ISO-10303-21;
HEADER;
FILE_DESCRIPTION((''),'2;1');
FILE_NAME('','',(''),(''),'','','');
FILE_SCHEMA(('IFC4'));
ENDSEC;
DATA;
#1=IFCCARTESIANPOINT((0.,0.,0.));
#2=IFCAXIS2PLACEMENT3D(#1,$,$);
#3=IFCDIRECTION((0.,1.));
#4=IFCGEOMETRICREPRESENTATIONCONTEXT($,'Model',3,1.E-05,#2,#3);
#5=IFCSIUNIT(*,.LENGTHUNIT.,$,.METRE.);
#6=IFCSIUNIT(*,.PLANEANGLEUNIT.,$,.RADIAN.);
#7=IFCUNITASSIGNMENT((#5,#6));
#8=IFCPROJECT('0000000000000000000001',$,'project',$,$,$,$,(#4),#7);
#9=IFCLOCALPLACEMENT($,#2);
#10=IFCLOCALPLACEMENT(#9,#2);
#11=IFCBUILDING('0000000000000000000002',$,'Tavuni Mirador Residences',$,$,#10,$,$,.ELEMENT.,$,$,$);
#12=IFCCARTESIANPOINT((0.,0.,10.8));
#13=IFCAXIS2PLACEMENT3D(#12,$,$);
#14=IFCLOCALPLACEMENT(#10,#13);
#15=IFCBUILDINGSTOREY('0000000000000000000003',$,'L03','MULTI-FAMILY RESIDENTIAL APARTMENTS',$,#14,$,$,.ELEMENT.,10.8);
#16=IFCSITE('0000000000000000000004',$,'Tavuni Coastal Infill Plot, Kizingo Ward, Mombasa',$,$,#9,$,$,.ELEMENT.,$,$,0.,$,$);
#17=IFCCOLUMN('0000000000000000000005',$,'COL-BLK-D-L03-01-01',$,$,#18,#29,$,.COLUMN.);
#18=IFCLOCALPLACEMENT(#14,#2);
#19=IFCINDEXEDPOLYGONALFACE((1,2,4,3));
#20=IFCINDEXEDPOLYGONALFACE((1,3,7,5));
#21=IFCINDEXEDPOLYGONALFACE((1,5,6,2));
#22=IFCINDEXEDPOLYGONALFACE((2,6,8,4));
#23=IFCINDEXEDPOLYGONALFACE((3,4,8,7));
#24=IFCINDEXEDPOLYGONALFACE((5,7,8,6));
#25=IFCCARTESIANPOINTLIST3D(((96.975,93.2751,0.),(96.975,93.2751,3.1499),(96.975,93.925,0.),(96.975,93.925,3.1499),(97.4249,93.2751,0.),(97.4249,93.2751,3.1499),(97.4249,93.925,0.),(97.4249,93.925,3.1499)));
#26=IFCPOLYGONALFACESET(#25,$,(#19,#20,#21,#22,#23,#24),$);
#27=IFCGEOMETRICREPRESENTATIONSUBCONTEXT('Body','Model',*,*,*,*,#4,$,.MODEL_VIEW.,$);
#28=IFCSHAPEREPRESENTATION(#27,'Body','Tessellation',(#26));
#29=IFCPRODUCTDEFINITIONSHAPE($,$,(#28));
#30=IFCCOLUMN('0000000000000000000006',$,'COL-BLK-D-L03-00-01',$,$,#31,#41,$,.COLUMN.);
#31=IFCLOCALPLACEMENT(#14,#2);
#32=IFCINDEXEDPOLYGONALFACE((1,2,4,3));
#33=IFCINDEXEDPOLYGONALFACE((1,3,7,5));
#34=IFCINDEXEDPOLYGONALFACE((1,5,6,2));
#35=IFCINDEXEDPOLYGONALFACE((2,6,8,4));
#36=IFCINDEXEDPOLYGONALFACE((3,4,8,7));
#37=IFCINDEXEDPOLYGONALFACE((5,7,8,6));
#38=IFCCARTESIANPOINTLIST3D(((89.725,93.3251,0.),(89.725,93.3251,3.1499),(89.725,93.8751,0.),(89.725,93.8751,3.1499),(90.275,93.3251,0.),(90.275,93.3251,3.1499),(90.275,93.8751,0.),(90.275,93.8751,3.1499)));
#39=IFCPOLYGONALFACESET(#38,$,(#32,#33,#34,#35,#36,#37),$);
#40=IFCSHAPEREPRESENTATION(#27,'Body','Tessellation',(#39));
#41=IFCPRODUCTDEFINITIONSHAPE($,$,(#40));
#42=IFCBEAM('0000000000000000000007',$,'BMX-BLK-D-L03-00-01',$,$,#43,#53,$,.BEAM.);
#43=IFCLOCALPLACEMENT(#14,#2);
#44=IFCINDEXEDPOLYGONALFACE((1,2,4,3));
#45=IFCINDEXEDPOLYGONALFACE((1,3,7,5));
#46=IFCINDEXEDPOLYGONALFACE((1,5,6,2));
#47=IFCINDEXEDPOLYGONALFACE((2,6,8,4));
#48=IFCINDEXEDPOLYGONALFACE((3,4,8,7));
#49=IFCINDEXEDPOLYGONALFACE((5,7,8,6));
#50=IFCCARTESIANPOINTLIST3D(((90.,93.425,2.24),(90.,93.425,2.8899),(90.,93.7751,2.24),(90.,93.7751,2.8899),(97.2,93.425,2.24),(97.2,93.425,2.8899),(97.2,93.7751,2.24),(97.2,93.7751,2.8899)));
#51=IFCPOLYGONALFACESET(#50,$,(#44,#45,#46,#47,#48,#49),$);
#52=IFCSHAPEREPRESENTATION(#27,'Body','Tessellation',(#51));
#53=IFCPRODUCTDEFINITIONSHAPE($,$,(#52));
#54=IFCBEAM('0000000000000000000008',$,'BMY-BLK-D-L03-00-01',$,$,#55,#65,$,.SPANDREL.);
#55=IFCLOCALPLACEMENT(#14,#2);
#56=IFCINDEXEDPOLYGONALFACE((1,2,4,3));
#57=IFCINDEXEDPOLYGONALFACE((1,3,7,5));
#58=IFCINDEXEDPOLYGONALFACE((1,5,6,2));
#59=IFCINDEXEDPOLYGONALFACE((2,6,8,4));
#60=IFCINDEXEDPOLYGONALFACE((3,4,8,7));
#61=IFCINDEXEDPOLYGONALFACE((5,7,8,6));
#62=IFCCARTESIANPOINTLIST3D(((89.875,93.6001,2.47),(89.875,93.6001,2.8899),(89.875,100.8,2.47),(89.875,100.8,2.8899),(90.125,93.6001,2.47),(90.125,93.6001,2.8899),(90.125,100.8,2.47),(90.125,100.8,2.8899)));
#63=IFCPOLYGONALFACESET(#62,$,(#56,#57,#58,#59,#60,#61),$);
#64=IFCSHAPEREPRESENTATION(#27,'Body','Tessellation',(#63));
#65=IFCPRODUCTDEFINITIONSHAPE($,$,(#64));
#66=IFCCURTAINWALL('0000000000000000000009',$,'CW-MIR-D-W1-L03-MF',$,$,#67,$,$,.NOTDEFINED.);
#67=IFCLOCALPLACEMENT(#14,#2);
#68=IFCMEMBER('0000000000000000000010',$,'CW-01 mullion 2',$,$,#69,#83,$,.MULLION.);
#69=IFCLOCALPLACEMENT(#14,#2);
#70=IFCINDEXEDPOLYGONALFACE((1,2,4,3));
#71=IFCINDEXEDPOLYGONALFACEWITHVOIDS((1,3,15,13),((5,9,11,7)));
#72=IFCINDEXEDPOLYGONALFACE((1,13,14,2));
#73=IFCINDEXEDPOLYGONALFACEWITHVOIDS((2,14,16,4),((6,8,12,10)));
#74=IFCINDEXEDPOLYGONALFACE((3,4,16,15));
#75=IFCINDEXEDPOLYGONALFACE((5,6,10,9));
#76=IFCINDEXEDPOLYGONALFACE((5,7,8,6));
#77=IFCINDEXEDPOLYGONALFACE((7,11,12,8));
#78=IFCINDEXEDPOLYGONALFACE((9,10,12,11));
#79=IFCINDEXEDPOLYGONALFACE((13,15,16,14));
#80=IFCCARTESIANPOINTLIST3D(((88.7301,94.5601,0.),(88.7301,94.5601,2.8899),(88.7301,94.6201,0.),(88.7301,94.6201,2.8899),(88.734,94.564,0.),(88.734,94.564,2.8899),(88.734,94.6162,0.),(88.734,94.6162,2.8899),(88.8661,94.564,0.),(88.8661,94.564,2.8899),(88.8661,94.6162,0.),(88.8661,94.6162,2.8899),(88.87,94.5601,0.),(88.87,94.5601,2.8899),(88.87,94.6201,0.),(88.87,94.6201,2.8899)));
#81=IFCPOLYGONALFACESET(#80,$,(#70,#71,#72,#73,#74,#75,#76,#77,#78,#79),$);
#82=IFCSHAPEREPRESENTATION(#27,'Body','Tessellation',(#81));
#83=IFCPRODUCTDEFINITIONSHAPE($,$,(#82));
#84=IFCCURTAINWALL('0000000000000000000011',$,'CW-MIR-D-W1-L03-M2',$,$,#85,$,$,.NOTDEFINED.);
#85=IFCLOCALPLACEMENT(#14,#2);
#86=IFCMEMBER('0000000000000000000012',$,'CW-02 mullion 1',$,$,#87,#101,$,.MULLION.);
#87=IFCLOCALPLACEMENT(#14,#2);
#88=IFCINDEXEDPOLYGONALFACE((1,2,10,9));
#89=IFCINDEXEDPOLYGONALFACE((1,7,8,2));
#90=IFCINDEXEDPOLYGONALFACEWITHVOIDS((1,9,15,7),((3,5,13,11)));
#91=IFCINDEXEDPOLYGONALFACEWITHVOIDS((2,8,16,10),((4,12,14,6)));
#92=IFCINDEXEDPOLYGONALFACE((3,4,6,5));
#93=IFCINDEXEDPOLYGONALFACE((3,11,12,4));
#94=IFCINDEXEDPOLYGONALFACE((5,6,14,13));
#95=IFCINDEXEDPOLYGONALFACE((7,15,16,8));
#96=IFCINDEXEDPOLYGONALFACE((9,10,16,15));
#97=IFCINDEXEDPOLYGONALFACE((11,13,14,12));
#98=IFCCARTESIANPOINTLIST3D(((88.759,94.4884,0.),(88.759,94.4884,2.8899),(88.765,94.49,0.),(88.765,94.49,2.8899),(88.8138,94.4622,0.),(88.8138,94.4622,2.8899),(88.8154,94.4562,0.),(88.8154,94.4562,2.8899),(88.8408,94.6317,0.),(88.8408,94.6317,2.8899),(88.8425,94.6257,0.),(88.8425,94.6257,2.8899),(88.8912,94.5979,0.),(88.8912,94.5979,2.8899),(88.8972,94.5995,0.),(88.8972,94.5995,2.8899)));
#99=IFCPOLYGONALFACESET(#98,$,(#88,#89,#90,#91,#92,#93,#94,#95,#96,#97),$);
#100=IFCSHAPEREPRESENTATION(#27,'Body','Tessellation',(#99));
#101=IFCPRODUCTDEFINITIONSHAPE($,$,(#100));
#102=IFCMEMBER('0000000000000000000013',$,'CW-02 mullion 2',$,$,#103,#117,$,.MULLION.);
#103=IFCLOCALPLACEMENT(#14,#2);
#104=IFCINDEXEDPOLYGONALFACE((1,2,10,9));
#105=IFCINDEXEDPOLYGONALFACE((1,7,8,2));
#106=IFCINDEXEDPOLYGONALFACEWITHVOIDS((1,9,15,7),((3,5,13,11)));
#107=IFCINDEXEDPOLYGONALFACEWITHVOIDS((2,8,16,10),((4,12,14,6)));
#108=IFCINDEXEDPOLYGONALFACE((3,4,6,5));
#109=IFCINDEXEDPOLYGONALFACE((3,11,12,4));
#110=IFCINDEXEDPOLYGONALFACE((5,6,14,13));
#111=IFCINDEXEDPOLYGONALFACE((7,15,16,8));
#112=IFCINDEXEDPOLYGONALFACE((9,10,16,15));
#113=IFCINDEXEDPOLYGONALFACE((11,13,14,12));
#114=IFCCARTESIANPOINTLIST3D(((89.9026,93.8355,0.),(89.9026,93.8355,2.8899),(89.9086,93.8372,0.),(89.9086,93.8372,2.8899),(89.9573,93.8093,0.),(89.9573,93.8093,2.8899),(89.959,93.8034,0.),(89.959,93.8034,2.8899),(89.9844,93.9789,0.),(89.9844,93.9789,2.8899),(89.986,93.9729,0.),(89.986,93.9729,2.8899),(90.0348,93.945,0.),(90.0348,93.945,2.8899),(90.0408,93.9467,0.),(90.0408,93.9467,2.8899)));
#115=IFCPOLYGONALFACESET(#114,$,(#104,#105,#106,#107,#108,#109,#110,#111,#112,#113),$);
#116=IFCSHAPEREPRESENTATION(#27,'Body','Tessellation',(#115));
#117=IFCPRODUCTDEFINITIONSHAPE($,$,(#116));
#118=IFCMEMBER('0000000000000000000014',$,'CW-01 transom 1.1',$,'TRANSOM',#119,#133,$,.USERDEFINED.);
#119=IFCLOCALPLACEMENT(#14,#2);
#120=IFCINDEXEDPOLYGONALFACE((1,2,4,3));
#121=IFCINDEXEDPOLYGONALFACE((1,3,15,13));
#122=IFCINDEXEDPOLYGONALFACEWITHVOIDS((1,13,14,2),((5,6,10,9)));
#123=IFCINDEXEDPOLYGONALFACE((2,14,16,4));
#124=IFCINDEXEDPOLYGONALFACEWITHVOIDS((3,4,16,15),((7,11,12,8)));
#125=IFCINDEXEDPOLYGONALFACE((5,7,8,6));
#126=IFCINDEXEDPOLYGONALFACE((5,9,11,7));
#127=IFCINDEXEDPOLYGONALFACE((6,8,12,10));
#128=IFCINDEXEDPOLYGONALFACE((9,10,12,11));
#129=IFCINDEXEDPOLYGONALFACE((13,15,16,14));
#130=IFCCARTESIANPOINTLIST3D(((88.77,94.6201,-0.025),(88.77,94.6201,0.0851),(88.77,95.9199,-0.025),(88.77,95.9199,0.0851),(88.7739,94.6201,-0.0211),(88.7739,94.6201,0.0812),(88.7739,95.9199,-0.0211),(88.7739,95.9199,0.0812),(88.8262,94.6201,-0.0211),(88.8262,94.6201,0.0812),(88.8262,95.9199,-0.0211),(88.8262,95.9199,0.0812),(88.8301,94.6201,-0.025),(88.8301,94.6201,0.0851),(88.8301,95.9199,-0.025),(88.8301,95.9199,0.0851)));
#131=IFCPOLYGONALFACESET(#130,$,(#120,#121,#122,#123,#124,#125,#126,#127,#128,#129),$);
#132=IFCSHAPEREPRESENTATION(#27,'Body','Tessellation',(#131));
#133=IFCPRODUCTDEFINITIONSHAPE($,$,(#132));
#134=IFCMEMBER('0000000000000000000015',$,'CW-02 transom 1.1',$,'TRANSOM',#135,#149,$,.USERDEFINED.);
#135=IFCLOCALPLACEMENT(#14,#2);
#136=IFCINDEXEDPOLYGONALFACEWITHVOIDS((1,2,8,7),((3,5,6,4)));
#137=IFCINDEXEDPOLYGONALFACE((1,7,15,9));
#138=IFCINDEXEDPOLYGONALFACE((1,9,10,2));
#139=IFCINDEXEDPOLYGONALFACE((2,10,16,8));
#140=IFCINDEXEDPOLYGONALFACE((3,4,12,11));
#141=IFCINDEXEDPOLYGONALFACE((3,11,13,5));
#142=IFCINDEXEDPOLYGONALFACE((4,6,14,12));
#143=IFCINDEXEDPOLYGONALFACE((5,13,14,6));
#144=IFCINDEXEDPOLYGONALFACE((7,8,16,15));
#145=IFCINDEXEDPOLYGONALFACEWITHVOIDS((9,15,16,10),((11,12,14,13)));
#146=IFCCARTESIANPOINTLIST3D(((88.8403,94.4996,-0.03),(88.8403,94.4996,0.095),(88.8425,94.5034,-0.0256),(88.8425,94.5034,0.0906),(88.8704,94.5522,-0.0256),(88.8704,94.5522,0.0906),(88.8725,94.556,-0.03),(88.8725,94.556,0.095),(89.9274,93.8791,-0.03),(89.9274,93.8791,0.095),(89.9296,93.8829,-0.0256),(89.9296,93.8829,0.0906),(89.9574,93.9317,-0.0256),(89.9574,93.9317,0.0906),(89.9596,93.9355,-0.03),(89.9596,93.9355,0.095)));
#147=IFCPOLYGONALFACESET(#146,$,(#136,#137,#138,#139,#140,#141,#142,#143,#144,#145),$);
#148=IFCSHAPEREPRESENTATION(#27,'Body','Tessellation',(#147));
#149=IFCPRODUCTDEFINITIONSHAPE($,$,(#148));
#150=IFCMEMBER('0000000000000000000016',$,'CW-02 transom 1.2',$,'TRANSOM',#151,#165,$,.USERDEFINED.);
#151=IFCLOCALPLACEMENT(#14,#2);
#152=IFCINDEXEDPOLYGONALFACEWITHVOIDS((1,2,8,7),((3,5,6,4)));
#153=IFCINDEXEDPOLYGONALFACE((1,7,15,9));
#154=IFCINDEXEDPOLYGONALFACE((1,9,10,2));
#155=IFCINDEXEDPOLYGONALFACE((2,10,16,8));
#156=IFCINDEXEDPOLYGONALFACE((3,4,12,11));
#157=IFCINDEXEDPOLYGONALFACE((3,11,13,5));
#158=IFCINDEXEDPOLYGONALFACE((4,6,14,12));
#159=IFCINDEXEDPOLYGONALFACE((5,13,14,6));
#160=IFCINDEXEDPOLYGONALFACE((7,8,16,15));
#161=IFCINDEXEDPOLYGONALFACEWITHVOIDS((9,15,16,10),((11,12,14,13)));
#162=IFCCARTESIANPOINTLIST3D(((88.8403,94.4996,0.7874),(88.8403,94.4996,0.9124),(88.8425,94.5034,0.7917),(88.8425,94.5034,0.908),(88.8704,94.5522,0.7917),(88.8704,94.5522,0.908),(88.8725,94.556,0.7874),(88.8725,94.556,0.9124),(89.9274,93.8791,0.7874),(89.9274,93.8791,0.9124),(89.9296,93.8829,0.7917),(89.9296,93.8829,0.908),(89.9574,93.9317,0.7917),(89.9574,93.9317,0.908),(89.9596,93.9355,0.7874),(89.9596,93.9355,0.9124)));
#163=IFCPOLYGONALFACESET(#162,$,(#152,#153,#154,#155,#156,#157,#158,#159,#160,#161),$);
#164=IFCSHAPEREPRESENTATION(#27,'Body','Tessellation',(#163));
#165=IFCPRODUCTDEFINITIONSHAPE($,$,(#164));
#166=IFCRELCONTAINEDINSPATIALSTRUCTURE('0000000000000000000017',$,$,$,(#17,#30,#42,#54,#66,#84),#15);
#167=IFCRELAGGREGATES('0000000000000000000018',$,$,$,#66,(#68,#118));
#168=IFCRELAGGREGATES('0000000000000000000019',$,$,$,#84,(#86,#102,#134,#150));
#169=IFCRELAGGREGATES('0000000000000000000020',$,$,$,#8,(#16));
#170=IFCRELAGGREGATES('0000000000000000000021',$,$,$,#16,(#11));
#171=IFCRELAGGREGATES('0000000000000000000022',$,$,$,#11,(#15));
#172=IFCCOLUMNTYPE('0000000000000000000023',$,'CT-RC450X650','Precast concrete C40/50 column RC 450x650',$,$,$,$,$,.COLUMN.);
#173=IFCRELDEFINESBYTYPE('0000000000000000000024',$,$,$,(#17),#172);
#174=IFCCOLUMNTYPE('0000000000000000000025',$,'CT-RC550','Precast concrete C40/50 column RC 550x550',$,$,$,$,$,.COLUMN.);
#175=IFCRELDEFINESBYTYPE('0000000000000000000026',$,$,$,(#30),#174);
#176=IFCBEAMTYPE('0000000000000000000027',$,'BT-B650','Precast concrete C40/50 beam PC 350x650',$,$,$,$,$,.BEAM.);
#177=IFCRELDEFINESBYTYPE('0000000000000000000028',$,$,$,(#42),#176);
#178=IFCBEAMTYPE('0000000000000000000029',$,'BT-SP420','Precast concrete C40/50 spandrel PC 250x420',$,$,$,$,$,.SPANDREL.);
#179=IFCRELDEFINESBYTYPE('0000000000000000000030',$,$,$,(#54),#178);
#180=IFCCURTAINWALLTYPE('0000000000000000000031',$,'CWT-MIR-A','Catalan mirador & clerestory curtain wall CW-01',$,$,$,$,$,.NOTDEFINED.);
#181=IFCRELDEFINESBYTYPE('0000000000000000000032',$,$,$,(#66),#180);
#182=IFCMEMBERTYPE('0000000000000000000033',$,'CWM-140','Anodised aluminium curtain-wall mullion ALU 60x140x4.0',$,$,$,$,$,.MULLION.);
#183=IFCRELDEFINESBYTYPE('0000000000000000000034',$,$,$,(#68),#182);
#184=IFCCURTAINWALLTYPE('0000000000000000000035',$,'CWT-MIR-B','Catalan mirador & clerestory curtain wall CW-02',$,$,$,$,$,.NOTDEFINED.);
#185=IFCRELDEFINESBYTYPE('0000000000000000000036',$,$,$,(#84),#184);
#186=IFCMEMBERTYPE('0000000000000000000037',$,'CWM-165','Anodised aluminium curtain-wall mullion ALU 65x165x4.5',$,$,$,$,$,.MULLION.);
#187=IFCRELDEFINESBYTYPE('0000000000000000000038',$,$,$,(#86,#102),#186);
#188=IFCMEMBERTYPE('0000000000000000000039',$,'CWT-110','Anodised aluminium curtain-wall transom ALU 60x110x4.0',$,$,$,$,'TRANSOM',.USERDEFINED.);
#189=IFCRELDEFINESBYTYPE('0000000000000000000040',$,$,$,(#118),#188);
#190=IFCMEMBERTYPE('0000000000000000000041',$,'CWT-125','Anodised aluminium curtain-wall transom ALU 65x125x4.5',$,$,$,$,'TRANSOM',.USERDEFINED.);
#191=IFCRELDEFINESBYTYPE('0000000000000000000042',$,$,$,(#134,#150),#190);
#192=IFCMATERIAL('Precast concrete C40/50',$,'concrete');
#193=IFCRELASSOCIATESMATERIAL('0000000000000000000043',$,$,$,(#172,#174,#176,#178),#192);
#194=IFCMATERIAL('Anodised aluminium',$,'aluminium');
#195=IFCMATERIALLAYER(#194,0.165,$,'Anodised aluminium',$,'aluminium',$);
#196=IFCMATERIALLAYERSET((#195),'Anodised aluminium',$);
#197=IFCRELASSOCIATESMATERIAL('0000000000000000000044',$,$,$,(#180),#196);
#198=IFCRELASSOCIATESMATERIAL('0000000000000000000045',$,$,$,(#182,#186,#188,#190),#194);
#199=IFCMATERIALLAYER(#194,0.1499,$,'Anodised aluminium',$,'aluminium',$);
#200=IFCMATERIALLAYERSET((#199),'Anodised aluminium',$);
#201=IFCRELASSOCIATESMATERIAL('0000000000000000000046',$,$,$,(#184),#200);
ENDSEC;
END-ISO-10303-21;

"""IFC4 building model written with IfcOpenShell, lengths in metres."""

from ifc_helpers import new_model, si_unit, direction, frame, origin, origin_2d, place, context, subcontext, project, spatial, rectangle, hollow_rectangle, extrude, material, layer, layer_set, material_profile, profile_set, type_object, element, aggregate, save


model = new_model("IFC4")

# Units and contexts
model_context = context("Model", 3, precision=1e-05, world=origin(), true_north=direction((0.0, 1.0)))
body_context = subcontext(model_context, "Body", "Model", "MODEL_VIEW")
ifc_project = project(units=[si_unit("LENGTHUNIT", "METRE"), si_unit("PLANEANGLEUNIT", "RADIAN")], contexts=[model_context])

# Site, building, storey
site_placement = place(None, origin())
site = spatial("IfcSite", under=ifc_project, at=site_placement, Name="Tavuni Coastal Infill Plot, Kizingo Ward, Mombasa", CompositionType="ELEMENT", RefElevation=0.0)
building_placement = place(site_placement, origin())
building = spatial("IfcBuilding", under=site, at=building_placement, Name="Tavuni Mirador Residences", CompositionType="ELEMENT")
storey_placement = place(building_placement, frame((0.0, 0.0, 10.8)))
storey = spatial("IfcBuildingStorey", under=building, at=storey_placement, Name="L03", Description="MULTI-FAMILY RESIDENTIAL APARTMENTS", CompositionType="ELEMENT", Elevation=10.8)

# Columns
ifc_material_1 = material(Name="Precast concrete C40/50", Category="concrete")
ifc_material_profile_1 = material_profile(ifc_material_1, rectangle(XDim=0.45, YDim=0.6499, at=origin_2d()), Name="RC 450x650", Category="concrete")
ifc_profile_set_1 = profile_set([ifc_material_profile_1], Name="Precast concrete C40/50")
column_type_1 = type_object("IfcColumnType", Name="CT-RC450X650", Description="Precast concrete C40/50 column RC 450x650", PredefinedType="COLUMN", material=ifc_profile_set_1)
column_1_placement = place(storey_placement, frame((97.2, 93.6001, 0.0), z_axis=(0.0, 0.0, 1.0), x_axis=(1.0, 0.0, 0.0)))
element("IfcColumn", 1, at=column_1_placement, inside=storey, type_object=column_type_1, Name="COL-BLK-D-L03-01-01", PredefinedType="COLUMN", context=body_context, shape_type="SweptSolid", body=[
    extrude(rectangle(XDim=0.45, YDim=0.6499, at=origin_2d()), origin(), (0.0, 0.0, 1.0), 3.1499),
])
ifc_material_profile_2 = material_profile(ifc_material_1, rectangle(XDim=0.55, YDim=0.55, at=origin_2d()), Name="RC 550x550", Category="concrete")
ifc_profile_set_2 = profile_set([ifc_material_profile_2], Name="Precast concrete C40/50")
column_type_2 = type_object("IfcColumnType", Name="CT-RC550", Description="Precast concrete C40/50 column RC 550x550", PredefinedType="COLUMN", material=ifc_profile_set_2)
column_2_placement = place(storey_placement, frame((90.0, 93.6001, 0.0), z_axis=(0.0, 0.0, 1.0), x_axis=(1.0, 0.0, 0.0)))
element("IfcColumn", 2, at=column_2_placement, inside=storey, type_object=column_type_2, Name="COL-BLK-D-L03-00-01", PredefinedType="COLUMN", context=body_context, shape_type="SweptSolid", body=[
    extrude(rectangle(XDim=0.55, YDim=0.55, at=origin_2d()), origin(), (0.0, 0.0, 1.0), 3.1499),
])

# Beams
ifc_material_profile_3 = material_profile(ifc_material_1, rectangle(XDim=0.3501, YDim=0.6499, at=origin_2d()), Name="PC 350x650", Category="concrete")
ifc_profile_set_3 = profile_set([ifc_material_profile_3], Name="Precast concrete C40/50")
beam_type_1 = type_object("IfcBeamType", Name="BT-B650", Description="Precast concrete C40/50 beam PC 350x650", PredefinedType="BEAM", material=ifc_profile_set_3)
beam_1_placement = place(storey_placement, frame((90.0, 93.6001, 2.5649), z_axis=(1.0, 0.0, 0.0), x_axis=(0.0, 1.0, 0.0)))
element("IfcBeam", 3, at=beam_1_placement, inside=storey, type_object=beam_type_1, Name="BMX-BLK-D-L03-00-01", PredefinedType="BEAM", context=body_context, shape_type="SweptSolid", body=[
    extrude(rectangle(XDim=0.3501, YDim=0.6499, at=origin_2d()), origin(), (0.0, 0.0, 1.0), 7.2),
])
ifc_material_profile_4 = material_profile(ifc_material_1, rectangle(XDim=0.25, YDim=0.4199, at=origin_2d()), Name="PC 250x420", Category="concrete")
ifc_profile_set_4 = profile_set([ifc_material_profile_4], Name="Precast concrete C40/50")
beam_type_2 = type_object("IfcBeamType", Name="BT-SP420", Description="Precast concrete C40/50 spandrel PC 250x420", PredefinedType="SPANDREL", material=ifc_profile_set_4)
beam_2_placement = place(storey_placement, frame((90.0, 93.6001, 2.6799), z_axis=(0.0, 1.0, 0.0), x_axis=(-1.0, 0.0, 0.0)))
element("IfcBeam", 4, at=beam_2_placement, inside=storey, type_object=beam_type_2, Name="BMY-BLK-D-L03-00-01", PredefinedType="SPANDREL", context=body_context, shape_type="SweptSolid", body=[
    extrude(rectangle(XDim=0.25, YDim=0.4199, at=origin_2d()), origin(), (0.0, 0.0, 1.0), 7.2),
])

# Curtain wall, member
ifc_material_2 = material(Name="Anodised aluminium", Category="aluminium")
ifc_layer_1 = layer(ifc_material_2, 0.165, Name="Anodised aluminium", Category="aluminium")
ifc_layer_set_1 = layer_set([ifc_layer_1], Name="Anodised aluminium")
curtain_wall_type_1 = type_object("IfcCurtainWallType", Name="CWT-MIR-A", Description="Catalan mirador & clerestory curtain wall CW-01", PredefinedType="NOTDEFINED", material=ifc_layer_set_1)
curtain_wall_1_placement = place(storey_placement, origin())
curtain_wall_1 = element("IfcCurtainWall", 5, at=curtain_wall_1_placement, inside=storey, type_object=curtain_wall_type_1, Name="CW-MIR-D-W1-L03-MF", PredefinedType="NOTDEFINED")
ifc_material_profile_5 = material_profile(ifc_material_2, hollow_rectangle(XDim=0.0601, YDim=0.1399, WallThickness=0.0039, at=origin_2d()), Name="ALU 60x140x4.0", Category="aluminium")
ifc_profile_set_5 = profile_set([ifc_material_profile_5], Name="Anodised aluminium")
member_type_1 = type_object("IfcMemberType", Name="CWM-140", Description="Anodised aluminium curtain-wall mullion ALU 60x140x4.0", PredefinedType="MULLION", material=ifc_profile_set_5)
member_1_placement = place(storey_placement, frame((88.8, 94.5901, 0.0), z_axis=(0.0, 0.0, 1.0), x_axis=(0.0, -1.0, 0.0)))
member_1 = element("IfcMember", 6, at=member_1_placement, type_object=member_type_1, Name="CW-01 mullion 2", PredefinedType="MULLION", context=body_context, shape_type="SweptSolid", body=[
    extrude(hollow_rectangle(XDim=0.0601, YDim=0.1399, WallThickness=0.0039, at=origin_2d()), origin(), (0.0, 0.0, 1.0), 2.8899),
])

# Curtain wall, members
ifc_layer_2 = layer(ifc_material_2, 0.1499, Name="Anodised aluminium", Category="aluminium")
ifc_layer_set_2 = layer_set([ifc_layer_2], Name="Anodised aluminium")
curtain_wall_type_2 = type_object("IfcCurtainWallType", Name="CWT-MIR-B", Description="Catalan mirador & clerestory curtain wall CW-02", PredefinedType="NOTDEFINED", material=ifc_layer_set_2)
curtain_wall_2_placement = place(storey_placement, origin())
curtain_wall_2 = element("IfcCurtainWall", 7, at=curtain_wall_2_placement, inside=storey, type_object=curtain_wall_type_2, Name="CW-MIR-D-W1-L03-M2", PredefinedType="NOTDEFINED")
ifc_material_profile_6 = material_profile(ifc_material_2, hollow_rectangle(XDim=0.0649, YDim=0.165, WallThickness=0.0044, at=origin_2d()), Name="ALU 65x165x4.5", Category="aluminium")
ifc_profile_set_6 = profile_set([ifc_material_profile_6], Name="Anodised aluminium")
member_type_2 = type_object("IfcMemberType", Name="CWM-165", Description="Anodised aluminium curtain-wall mullion ALU 65x165x4.5", PredefinedType="MULLION", material=ifc_profile_set_6)
member_2_placement = place(storey_placement, frame((88.8281, 94.5439, 0.0), z_axis=(0.0, 0.0, 1.0), x_axis=(0.868466, -0.495749, 0.0)))
member_2 = element("IfcMember", 8, at=member_2_placement, type_object=member_type_2, Name="CW-02 mullion 1", PredefinedType="MULLION", context=body_context, shape_type="SweptSolid", body=[
    extrude(hollow_rectangle(XDim=0.0649, YDim=0.165, WallThickness=0.0044, at=origin_2d()), origin(), (0.0, 0.0, 1.0), 2.8899),
])
member_3_placement = place(storey_placement, frame((89.9717, 93.8911, 0.0), z_axis=(0.0, 0.0, 1.0), x_axis=(0.868466, -0.495749, 0.0)))
member_3 = element("IfcMember", 9, at=member_3_placement, type_object=member_type_2, Name="CW-02 mullion 2", PredefinedType="MULLION", context=body_context, shape_type="SweptSolid", body=[
    extrude(hollow_rectangle(XDim=0.0649, YDim=0.165, WallThickness=0.0044, at=origin_2d()), origin(), (0.0, 0.0, 1.0), 2.8899),
])

# Members
ifc_material_profile_7 = material_profile(ifc_material_2, hollow_rectangle(XDim=0.0601, YDim=0.1101, WallThickness=0.0039, at=origin_2d()), Name="ALU 60x110x4.0", Category="aluminium")
ifc_profile_set_7 = profile_set([ifc_material_profile_7], Name="Anodised aluminium")
member_type_3 = type_object("IfcMemberType", Name="CWT-110", Description="Anodised aluminium curtain-wall transom ALU 60x110x4.0", ElementType="TRANSOM", PredefinedType="USERDEFINED", material=ifc_profile_set_7)
member_4_placement = place(storey_placement, frame((88.8, 95.9199, 0.03), z_axis=(0.0, -1.0, 0.0), x_axis=(1.0, 0.0, 0.0)))
member_4 = element("IfcMember", 10, at=member_4_placement, type_object=member_type_3, Name="CW-01 transom 1.1", ObjectType="TRANSOM", PredefinedType="USERDEFINED", context=body_context, shape_type="SweptSolid", body=[
    extrude(hollow_rectangle(XDim=0.0601, YDim=0.1101, WallThickness=0.0039, at=origin_2d()), origin(), (0.0, 0.0, 1.0), 1.2998),
])
ifc_material_profile_8 = material_profile(ifc_material_2, hollow_rectangle(XDim=0.0649, YDim=0.125, WallThickness=0.0044, at=origin_2d()), Name="ALU 65x125x4.5", Category="aluminium")
ifc_profile_set_8 = profile_set([ifc_material_profile_8], Name="Anodised aluminium")
member_type_4 = type_object("IfcMemberType", Name="CWT-125", Description="Anodised aluminium curtain-wall transom ALU 65x125x4.5", ElementType="TRANSOM", PredefinedType="USERDEFINED", material=ifc_profile_set_8)
member_5_placement = place(storey_placement, frame((88.8564, 94.5278, 0.0325), z_axis=(0.868459, -0.495761, 0.0), x_axis=(0.495761, 0.868459, 0.0)))
member_5 = element("IfcMember", 11, at=member_5_placement, type_object=member_type_4, Name="CW-02 transom 1.1", ObjectType="TRANSOM", PredefinedType="USERDEFINED", context=body_context, shape_type="SweptSolid", body=[
    extrude(hollow_rectangle(XDim=0.0649, YDim=0.125, WallThickness=0.0044, at=origin_2d()), origin(), (0.0, 0.0, 1.0), 1.2517),
])
member_6_placement = place(storey_placement, frame((88.8564, 94.5278, 0.8499), z_axis=(0.868459, -0.495761, 0.0), x_axis=(0.495761, 0.868459, 0.0)))
member_6 = element("IfcMember", 12, at=member_6_placement, type_object=member_type_4, Name="CW-02 transom 1.2", ObjectType="TRANSOM", PredefinedType="USERDEFINED", context=body_context, shape_type="SweptSolid", body=[
    extrude(hollow_rectangle(XDim=0.0649, YDim=0.125, WallThickness=0.0044, at=origin_2d()), origin(), (0.0, 0.0, 1.0), 1.2517),
])

aggregate(curtain_wall_1, [member_1, member_4])
aggregate(curtain_wall_2, [member_2, member_3, member_5, member_6])

save(model, "model.ifc")
